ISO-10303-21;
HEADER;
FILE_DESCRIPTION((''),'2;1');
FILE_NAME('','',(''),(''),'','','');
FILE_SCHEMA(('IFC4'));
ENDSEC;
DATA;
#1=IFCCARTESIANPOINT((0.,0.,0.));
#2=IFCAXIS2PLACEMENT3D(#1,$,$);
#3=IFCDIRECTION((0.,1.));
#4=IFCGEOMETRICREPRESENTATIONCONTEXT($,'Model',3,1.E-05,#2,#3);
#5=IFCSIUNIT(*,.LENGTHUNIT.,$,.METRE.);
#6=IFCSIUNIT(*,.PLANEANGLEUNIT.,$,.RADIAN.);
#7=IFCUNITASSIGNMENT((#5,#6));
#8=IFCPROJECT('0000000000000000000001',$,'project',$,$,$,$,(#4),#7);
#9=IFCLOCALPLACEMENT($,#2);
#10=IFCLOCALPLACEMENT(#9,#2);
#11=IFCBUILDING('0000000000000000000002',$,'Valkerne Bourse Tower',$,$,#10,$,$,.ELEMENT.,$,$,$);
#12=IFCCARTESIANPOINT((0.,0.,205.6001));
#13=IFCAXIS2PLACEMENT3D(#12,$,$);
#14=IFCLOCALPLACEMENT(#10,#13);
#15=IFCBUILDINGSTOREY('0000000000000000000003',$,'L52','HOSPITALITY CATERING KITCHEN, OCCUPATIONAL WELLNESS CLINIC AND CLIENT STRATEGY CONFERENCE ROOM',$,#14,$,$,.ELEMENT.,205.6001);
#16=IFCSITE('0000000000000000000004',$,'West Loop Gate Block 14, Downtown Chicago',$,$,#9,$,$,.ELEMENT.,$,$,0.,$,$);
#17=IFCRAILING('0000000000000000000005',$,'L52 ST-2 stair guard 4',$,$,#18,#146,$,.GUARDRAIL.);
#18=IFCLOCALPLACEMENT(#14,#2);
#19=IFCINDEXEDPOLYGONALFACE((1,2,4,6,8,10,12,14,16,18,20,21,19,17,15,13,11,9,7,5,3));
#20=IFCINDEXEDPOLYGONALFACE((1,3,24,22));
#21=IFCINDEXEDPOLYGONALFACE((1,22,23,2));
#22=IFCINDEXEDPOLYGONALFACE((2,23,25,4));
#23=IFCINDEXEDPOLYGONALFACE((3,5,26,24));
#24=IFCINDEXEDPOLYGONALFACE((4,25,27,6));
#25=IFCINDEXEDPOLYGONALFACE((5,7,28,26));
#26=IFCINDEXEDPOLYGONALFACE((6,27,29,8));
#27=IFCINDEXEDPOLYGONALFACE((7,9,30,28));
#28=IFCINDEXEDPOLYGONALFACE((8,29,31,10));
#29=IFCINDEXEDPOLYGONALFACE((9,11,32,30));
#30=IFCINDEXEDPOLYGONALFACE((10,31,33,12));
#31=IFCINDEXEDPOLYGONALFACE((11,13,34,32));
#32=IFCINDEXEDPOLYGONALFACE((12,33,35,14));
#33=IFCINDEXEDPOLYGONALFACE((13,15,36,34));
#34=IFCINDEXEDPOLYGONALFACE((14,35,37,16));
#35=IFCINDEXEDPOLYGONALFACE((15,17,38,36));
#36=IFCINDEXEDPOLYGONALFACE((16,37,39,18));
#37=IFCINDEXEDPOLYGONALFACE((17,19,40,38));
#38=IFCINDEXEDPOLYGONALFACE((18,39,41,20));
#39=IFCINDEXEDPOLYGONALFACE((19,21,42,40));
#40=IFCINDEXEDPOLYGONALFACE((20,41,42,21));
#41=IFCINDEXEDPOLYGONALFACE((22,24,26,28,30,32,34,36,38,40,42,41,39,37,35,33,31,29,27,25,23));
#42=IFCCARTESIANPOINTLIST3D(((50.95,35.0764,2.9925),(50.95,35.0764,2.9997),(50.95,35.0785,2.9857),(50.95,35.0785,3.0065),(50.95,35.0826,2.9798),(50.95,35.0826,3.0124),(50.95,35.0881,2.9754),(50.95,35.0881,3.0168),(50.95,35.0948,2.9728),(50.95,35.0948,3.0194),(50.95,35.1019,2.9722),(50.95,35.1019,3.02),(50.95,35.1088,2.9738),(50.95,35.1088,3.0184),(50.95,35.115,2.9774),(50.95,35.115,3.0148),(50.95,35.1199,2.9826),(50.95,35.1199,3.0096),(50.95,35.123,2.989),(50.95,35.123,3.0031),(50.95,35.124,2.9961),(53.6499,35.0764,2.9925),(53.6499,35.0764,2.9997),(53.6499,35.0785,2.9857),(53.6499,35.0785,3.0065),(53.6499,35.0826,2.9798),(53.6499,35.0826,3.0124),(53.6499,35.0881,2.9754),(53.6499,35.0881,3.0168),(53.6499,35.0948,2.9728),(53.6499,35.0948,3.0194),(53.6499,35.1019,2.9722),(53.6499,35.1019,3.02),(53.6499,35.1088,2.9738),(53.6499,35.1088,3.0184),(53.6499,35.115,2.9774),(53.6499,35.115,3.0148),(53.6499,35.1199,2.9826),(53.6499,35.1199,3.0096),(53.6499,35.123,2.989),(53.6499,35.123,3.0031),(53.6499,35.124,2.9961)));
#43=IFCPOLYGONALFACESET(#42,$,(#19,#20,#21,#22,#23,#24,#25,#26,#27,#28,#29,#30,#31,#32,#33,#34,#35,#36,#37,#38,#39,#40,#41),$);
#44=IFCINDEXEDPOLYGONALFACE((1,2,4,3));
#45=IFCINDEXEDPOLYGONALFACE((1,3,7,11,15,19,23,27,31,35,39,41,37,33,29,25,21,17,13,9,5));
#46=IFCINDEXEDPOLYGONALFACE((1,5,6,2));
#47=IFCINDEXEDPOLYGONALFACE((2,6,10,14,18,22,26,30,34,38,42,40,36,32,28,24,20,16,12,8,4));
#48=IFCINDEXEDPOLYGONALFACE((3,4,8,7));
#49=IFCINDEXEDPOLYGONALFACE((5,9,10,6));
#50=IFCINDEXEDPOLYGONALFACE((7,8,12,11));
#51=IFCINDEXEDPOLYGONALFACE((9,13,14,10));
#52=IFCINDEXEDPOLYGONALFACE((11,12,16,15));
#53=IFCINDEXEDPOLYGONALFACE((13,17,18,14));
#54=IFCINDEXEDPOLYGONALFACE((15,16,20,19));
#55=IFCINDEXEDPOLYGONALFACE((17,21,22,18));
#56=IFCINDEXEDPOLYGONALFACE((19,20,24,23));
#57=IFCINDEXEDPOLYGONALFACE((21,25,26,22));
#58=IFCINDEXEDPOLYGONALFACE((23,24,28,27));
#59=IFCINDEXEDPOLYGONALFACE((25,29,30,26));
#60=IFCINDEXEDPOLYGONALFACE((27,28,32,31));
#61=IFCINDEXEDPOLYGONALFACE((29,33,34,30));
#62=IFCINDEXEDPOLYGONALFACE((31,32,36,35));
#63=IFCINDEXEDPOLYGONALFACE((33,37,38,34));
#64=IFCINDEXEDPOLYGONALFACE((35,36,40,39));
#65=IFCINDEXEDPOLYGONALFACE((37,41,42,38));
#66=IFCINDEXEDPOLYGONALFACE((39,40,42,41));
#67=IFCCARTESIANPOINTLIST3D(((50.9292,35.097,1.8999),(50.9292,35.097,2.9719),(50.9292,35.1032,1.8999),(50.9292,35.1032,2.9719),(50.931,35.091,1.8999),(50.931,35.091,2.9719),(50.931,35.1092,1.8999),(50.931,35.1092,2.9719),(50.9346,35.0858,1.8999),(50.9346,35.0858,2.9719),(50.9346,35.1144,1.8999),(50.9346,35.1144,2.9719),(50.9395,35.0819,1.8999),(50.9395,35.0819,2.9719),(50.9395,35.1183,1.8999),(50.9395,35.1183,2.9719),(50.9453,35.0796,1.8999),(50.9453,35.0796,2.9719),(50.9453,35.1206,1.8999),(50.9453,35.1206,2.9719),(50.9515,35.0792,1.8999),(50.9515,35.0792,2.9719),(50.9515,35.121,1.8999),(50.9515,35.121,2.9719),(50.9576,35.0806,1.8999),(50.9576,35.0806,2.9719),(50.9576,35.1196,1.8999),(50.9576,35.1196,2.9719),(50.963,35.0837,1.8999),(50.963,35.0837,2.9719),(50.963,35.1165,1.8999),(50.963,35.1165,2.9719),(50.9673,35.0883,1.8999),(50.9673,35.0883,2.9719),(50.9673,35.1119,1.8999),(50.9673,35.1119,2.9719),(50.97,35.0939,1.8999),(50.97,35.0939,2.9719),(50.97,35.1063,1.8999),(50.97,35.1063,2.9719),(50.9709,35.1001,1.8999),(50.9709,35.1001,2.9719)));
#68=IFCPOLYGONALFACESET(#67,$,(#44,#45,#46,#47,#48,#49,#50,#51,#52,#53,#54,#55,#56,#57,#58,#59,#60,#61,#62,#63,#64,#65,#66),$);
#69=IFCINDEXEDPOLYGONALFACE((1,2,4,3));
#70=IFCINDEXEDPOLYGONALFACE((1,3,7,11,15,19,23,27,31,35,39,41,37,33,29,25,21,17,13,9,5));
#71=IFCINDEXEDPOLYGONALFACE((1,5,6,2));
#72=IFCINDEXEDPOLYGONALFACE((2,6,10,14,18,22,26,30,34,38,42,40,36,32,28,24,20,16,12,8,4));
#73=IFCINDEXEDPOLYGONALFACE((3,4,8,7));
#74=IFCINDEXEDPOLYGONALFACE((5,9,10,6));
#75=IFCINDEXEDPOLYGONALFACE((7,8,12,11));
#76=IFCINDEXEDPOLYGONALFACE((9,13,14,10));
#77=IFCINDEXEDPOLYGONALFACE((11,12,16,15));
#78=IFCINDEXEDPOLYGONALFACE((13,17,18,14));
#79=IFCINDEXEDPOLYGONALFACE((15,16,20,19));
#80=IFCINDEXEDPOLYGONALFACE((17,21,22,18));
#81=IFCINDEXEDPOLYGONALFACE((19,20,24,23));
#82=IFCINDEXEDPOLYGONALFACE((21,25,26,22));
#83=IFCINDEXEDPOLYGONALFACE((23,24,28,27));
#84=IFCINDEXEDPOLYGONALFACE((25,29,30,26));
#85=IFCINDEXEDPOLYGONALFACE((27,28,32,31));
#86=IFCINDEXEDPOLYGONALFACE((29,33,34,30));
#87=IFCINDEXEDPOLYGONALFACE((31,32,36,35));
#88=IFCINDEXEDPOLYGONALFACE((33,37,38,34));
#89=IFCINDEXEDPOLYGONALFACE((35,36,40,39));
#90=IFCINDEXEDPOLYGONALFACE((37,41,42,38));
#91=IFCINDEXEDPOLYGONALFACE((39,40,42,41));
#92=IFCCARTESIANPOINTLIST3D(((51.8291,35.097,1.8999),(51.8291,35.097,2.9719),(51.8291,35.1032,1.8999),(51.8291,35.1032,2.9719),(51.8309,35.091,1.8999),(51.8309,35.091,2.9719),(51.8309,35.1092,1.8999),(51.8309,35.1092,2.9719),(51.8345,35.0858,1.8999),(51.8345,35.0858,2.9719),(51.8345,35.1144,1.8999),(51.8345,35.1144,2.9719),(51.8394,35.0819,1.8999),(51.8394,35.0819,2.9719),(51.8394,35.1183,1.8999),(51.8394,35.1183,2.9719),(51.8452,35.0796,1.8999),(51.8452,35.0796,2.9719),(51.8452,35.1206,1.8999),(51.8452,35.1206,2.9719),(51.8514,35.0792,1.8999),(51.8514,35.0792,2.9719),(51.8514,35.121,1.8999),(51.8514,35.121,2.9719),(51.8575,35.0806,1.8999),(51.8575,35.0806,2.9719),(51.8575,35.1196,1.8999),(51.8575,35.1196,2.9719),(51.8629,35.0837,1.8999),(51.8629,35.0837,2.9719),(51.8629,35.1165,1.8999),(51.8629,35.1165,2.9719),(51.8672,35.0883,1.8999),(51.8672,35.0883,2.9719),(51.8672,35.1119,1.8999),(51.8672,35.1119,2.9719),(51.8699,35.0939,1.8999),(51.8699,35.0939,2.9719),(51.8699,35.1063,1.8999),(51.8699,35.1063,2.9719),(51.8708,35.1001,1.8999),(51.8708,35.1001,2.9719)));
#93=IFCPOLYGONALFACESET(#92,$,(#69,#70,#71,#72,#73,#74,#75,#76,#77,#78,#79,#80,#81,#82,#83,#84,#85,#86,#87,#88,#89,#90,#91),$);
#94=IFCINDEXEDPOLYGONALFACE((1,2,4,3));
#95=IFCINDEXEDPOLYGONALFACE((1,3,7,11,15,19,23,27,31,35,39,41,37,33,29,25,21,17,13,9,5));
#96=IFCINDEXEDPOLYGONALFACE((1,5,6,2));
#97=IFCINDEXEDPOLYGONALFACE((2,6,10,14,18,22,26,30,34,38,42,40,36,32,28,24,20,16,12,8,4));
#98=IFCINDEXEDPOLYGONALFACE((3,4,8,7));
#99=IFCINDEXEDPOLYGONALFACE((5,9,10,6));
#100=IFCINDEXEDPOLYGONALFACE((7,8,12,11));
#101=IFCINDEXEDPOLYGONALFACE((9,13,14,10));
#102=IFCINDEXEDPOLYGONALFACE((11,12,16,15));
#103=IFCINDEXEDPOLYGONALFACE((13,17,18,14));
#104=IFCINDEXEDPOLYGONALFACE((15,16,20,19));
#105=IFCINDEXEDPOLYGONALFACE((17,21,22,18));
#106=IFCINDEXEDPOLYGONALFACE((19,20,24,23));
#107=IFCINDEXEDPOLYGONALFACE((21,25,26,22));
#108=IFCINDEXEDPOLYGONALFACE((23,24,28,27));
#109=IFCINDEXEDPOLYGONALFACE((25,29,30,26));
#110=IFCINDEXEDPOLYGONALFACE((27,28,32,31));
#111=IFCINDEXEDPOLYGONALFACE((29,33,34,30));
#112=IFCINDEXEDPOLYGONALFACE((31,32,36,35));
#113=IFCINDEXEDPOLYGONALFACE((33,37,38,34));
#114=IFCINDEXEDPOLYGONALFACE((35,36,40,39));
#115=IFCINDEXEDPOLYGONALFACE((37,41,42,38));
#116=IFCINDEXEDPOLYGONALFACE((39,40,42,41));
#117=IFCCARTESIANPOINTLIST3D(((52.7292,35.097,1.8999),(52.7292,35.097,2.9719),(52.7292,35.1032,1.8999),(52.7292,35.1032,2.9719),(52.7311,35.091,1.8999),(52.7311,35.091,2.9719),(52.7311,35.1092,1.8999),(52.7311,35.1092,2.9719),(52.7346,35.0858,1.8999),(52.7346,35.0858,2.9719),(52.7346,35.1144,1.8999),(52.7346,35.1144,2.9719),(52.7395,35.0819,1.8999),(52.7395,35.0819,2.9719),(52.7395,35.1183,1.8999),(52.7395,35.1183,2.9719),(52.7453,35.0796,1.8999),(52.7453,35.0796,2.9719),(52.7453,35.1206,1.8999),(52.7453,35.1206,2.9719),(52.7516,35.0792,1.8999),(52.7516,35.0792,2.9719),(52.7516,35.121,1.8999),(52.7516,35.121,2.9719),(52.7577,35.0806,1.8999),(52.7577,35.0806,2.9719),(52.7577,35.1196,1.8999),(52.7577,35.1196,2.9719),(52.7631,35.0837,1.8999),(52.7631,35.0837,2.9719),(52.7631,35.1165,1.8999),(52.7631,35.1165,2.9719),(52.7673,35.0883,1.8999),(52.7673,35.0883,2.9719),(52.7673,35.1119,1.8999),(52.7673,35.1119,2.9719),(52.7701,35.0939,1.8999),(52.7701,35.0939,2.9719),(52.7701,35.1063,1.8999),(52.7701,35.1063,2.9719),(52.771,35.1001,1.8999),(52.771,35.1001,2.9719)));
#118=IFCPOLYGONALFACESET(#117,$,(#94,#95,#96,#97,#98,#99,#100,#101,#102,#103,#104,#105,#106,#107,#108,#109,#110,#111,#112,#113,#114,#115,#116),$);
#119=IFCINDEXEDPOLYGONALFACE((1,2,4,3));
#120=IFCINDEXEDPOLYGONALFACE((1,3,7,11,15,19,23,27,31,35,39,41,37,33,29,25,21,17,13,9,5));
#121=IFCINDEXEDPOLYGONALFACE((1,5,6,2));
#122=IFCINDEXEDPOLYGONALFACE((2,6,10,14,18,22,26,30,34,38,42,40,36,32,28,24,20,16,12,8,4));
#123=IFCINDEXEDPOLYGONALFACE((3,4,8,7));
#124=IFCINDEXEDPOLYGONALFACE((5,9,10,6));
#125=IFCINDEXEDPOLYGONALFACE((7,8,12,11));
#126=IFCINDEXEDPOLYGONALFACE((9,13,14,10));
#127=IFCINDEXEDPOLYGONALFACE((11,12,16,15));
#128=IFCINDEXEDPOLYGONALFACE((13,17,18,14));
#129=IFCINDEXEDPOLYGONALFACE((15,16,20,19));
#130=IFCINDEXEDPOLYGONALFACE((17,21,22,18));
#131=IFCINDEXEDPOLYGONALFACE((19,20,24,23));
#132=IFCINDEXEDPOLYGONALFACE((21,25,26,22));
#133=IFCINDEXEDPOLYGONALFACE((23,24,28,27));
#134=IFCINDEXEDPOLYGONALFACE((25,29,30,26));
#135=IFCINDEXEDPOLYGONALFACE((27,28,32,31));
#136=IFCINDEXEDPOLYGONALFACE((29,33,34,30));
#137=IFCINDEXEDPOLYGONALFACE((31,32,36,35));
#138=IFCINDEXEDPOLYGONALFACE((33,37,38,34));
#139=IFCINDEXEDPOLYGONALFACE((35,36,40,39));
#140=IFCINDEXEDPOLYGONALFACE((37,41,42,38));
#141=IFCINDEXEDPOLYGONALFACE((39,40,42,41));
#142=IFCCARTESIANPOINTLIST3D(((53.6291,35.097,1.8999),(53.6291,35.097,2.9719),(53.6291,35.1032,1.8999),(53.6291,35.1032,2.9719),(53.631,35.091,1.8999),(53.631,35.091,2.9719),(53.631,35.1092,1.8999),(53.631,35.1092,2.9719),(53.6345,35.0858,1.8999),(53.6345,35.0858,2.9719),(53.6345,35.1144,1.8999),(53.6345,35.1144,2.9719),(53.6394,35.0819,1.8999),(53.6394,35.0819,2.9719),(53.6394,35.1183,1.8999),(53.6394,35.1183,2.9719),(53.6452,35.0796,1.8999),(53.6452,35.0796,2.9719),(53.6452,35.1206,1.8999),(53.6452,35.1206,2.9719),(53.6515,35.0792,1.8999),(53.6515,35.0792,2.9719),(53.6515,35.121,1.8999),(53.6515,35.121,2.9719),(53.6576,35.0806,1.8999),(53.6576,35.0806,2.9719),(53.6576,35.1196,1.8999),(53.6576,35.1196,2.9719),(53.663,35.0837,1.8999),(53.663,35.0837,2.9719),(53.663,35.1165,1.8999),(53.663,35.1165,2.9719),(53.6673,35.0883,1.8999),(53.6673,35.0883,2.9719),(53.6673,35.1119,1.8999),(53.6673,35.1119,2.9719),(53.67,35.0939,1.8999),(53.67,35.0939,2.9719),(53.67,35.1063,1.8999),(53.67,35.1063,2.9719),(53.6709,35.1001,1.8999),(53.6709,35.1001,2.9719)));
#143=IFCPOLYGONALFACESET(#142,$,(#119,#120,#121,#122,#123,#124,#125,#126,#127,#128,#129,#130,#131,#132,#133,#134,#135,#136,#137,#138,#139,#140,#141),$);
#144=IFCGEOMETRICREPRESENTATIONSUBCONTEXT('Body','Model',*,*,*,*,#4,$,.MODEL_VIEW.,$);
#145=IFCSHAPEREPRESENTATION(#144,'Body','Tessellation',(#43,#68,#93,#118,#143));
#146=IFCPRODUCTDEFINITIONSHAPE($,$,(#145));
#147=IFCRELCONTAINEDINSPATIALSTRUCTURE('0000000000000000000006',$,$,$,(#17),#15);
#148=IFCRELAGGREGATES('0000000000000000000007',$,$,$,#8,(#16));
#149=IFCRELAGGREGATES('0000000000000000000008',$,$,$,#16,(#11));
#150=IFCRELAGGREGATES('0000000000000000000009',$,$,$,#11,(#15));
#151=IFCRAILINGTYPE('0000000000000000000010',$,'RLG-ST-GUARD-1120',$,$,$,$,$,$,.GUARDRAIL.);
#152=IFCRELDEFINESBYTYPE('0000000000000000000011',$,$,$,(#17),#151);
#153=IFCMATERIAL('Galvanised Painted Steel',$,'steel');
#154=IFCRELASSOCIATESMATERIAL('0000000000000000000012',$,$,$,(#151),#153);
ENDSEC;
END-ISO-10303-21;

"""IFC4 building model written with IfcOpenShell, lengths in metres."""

from ifc_helpers import new_model, si_unit, direction, frame, origin, origin_2d, place, context, subcontext, project, spatial, circle, extrude, material, type_object, element, save


model = new_model("IFC4")

# Units and contexts
model_context = context("Model", 3, precision=1e-05, world=origin(), true_north=direction((0.0, 1.0)))
body_context = subcontext(model_context, "Body", "Model", "MODEL_VIEW")
ifc_project = project(units=[si_unit("LENGTHUNIT", "METRE"), si_unit("PLANEANGLEUNIT", "RADIAN")], contexts=[model_context])

# Site, building, storey
site_placement = place(None, origin())
site = spatial("IfcSite", under=ifc_project, at=site_placement, Name="West Loop Gate Block 14, Downtown Chicago", CompositionType="ELEMENT", RefElevation=0.0)
building_placement = place(site_placement, origin())
building = spatial("IfcBuilding", under=site, at=building_placement, Name="Valkerne Bourse Tower", CompositionType="ELEMENT")
storey_placement = place(building_placement, frame((0.0, 0.0, 205.6001)))
storey = spatial("IfcBuildingStorey", under=building, at=storey_placement, Name="L52", Description="HOSPITALITY CATERING KITCHEN, OCCUPATIONAL WELLNESS CLINIC AND CLIENT STRATEGY CONFERENCE ROOM", CompositionType="ELEMENT", Elevation=205.6001)

# Railing
ifc_material_1 = material(Name="Galvanised Painted Steel", Category="steel")
railing_type_1 = type_object("IfcRailingType", Name="RLG-ST-GUARD-1120", PredefinedType="GUARDRAIL", material=ifc_material_1)
railing_1_placement = place(storey_placement, frame((50.95, 35.1001, 1.8999)))
element("IfcRailing", 1, at=railing_1_placement, inside=storey, type_object=railing_type_1, Name="L52 ST-2 stair guard 4", PredefinedType="GUARDRAIL", context=body_context, shape_type="SweptSolid", body=[
    extrude(circle(Radius=0.0239, at=origin_2d()), frame((0.0, 0.0, 1.0962), z_axis=(1.0, 0.0, 0.0), x_axis=(0.0, 1.0, 0.0)), (0.0, 0.0, 1.0), 2.7),
    extrude(circle(Radius=0.021, at=origin_2d()), origin(), (0.0, 0.0, 1.0), 1.072),
    extrude(circle(Radius=0.021, at=origin_2d()), frame((0.8999, 0.0, 0.0)), (0.0, 0.0, 1.0), 1.072),
    extrude(circle(Radius=0.021, at=origin_2d()), frame((1.8, 0.0, 0.0)), (0.0, 0.0, 1.0), 1.072),
    extrude(circle(Radius=0.021, at=origin_2d()), frame((2.7, 0.0, 0.0)), (0.0, 0.0, 1.0), 1.072),
])

save(model, "model.ifc")
